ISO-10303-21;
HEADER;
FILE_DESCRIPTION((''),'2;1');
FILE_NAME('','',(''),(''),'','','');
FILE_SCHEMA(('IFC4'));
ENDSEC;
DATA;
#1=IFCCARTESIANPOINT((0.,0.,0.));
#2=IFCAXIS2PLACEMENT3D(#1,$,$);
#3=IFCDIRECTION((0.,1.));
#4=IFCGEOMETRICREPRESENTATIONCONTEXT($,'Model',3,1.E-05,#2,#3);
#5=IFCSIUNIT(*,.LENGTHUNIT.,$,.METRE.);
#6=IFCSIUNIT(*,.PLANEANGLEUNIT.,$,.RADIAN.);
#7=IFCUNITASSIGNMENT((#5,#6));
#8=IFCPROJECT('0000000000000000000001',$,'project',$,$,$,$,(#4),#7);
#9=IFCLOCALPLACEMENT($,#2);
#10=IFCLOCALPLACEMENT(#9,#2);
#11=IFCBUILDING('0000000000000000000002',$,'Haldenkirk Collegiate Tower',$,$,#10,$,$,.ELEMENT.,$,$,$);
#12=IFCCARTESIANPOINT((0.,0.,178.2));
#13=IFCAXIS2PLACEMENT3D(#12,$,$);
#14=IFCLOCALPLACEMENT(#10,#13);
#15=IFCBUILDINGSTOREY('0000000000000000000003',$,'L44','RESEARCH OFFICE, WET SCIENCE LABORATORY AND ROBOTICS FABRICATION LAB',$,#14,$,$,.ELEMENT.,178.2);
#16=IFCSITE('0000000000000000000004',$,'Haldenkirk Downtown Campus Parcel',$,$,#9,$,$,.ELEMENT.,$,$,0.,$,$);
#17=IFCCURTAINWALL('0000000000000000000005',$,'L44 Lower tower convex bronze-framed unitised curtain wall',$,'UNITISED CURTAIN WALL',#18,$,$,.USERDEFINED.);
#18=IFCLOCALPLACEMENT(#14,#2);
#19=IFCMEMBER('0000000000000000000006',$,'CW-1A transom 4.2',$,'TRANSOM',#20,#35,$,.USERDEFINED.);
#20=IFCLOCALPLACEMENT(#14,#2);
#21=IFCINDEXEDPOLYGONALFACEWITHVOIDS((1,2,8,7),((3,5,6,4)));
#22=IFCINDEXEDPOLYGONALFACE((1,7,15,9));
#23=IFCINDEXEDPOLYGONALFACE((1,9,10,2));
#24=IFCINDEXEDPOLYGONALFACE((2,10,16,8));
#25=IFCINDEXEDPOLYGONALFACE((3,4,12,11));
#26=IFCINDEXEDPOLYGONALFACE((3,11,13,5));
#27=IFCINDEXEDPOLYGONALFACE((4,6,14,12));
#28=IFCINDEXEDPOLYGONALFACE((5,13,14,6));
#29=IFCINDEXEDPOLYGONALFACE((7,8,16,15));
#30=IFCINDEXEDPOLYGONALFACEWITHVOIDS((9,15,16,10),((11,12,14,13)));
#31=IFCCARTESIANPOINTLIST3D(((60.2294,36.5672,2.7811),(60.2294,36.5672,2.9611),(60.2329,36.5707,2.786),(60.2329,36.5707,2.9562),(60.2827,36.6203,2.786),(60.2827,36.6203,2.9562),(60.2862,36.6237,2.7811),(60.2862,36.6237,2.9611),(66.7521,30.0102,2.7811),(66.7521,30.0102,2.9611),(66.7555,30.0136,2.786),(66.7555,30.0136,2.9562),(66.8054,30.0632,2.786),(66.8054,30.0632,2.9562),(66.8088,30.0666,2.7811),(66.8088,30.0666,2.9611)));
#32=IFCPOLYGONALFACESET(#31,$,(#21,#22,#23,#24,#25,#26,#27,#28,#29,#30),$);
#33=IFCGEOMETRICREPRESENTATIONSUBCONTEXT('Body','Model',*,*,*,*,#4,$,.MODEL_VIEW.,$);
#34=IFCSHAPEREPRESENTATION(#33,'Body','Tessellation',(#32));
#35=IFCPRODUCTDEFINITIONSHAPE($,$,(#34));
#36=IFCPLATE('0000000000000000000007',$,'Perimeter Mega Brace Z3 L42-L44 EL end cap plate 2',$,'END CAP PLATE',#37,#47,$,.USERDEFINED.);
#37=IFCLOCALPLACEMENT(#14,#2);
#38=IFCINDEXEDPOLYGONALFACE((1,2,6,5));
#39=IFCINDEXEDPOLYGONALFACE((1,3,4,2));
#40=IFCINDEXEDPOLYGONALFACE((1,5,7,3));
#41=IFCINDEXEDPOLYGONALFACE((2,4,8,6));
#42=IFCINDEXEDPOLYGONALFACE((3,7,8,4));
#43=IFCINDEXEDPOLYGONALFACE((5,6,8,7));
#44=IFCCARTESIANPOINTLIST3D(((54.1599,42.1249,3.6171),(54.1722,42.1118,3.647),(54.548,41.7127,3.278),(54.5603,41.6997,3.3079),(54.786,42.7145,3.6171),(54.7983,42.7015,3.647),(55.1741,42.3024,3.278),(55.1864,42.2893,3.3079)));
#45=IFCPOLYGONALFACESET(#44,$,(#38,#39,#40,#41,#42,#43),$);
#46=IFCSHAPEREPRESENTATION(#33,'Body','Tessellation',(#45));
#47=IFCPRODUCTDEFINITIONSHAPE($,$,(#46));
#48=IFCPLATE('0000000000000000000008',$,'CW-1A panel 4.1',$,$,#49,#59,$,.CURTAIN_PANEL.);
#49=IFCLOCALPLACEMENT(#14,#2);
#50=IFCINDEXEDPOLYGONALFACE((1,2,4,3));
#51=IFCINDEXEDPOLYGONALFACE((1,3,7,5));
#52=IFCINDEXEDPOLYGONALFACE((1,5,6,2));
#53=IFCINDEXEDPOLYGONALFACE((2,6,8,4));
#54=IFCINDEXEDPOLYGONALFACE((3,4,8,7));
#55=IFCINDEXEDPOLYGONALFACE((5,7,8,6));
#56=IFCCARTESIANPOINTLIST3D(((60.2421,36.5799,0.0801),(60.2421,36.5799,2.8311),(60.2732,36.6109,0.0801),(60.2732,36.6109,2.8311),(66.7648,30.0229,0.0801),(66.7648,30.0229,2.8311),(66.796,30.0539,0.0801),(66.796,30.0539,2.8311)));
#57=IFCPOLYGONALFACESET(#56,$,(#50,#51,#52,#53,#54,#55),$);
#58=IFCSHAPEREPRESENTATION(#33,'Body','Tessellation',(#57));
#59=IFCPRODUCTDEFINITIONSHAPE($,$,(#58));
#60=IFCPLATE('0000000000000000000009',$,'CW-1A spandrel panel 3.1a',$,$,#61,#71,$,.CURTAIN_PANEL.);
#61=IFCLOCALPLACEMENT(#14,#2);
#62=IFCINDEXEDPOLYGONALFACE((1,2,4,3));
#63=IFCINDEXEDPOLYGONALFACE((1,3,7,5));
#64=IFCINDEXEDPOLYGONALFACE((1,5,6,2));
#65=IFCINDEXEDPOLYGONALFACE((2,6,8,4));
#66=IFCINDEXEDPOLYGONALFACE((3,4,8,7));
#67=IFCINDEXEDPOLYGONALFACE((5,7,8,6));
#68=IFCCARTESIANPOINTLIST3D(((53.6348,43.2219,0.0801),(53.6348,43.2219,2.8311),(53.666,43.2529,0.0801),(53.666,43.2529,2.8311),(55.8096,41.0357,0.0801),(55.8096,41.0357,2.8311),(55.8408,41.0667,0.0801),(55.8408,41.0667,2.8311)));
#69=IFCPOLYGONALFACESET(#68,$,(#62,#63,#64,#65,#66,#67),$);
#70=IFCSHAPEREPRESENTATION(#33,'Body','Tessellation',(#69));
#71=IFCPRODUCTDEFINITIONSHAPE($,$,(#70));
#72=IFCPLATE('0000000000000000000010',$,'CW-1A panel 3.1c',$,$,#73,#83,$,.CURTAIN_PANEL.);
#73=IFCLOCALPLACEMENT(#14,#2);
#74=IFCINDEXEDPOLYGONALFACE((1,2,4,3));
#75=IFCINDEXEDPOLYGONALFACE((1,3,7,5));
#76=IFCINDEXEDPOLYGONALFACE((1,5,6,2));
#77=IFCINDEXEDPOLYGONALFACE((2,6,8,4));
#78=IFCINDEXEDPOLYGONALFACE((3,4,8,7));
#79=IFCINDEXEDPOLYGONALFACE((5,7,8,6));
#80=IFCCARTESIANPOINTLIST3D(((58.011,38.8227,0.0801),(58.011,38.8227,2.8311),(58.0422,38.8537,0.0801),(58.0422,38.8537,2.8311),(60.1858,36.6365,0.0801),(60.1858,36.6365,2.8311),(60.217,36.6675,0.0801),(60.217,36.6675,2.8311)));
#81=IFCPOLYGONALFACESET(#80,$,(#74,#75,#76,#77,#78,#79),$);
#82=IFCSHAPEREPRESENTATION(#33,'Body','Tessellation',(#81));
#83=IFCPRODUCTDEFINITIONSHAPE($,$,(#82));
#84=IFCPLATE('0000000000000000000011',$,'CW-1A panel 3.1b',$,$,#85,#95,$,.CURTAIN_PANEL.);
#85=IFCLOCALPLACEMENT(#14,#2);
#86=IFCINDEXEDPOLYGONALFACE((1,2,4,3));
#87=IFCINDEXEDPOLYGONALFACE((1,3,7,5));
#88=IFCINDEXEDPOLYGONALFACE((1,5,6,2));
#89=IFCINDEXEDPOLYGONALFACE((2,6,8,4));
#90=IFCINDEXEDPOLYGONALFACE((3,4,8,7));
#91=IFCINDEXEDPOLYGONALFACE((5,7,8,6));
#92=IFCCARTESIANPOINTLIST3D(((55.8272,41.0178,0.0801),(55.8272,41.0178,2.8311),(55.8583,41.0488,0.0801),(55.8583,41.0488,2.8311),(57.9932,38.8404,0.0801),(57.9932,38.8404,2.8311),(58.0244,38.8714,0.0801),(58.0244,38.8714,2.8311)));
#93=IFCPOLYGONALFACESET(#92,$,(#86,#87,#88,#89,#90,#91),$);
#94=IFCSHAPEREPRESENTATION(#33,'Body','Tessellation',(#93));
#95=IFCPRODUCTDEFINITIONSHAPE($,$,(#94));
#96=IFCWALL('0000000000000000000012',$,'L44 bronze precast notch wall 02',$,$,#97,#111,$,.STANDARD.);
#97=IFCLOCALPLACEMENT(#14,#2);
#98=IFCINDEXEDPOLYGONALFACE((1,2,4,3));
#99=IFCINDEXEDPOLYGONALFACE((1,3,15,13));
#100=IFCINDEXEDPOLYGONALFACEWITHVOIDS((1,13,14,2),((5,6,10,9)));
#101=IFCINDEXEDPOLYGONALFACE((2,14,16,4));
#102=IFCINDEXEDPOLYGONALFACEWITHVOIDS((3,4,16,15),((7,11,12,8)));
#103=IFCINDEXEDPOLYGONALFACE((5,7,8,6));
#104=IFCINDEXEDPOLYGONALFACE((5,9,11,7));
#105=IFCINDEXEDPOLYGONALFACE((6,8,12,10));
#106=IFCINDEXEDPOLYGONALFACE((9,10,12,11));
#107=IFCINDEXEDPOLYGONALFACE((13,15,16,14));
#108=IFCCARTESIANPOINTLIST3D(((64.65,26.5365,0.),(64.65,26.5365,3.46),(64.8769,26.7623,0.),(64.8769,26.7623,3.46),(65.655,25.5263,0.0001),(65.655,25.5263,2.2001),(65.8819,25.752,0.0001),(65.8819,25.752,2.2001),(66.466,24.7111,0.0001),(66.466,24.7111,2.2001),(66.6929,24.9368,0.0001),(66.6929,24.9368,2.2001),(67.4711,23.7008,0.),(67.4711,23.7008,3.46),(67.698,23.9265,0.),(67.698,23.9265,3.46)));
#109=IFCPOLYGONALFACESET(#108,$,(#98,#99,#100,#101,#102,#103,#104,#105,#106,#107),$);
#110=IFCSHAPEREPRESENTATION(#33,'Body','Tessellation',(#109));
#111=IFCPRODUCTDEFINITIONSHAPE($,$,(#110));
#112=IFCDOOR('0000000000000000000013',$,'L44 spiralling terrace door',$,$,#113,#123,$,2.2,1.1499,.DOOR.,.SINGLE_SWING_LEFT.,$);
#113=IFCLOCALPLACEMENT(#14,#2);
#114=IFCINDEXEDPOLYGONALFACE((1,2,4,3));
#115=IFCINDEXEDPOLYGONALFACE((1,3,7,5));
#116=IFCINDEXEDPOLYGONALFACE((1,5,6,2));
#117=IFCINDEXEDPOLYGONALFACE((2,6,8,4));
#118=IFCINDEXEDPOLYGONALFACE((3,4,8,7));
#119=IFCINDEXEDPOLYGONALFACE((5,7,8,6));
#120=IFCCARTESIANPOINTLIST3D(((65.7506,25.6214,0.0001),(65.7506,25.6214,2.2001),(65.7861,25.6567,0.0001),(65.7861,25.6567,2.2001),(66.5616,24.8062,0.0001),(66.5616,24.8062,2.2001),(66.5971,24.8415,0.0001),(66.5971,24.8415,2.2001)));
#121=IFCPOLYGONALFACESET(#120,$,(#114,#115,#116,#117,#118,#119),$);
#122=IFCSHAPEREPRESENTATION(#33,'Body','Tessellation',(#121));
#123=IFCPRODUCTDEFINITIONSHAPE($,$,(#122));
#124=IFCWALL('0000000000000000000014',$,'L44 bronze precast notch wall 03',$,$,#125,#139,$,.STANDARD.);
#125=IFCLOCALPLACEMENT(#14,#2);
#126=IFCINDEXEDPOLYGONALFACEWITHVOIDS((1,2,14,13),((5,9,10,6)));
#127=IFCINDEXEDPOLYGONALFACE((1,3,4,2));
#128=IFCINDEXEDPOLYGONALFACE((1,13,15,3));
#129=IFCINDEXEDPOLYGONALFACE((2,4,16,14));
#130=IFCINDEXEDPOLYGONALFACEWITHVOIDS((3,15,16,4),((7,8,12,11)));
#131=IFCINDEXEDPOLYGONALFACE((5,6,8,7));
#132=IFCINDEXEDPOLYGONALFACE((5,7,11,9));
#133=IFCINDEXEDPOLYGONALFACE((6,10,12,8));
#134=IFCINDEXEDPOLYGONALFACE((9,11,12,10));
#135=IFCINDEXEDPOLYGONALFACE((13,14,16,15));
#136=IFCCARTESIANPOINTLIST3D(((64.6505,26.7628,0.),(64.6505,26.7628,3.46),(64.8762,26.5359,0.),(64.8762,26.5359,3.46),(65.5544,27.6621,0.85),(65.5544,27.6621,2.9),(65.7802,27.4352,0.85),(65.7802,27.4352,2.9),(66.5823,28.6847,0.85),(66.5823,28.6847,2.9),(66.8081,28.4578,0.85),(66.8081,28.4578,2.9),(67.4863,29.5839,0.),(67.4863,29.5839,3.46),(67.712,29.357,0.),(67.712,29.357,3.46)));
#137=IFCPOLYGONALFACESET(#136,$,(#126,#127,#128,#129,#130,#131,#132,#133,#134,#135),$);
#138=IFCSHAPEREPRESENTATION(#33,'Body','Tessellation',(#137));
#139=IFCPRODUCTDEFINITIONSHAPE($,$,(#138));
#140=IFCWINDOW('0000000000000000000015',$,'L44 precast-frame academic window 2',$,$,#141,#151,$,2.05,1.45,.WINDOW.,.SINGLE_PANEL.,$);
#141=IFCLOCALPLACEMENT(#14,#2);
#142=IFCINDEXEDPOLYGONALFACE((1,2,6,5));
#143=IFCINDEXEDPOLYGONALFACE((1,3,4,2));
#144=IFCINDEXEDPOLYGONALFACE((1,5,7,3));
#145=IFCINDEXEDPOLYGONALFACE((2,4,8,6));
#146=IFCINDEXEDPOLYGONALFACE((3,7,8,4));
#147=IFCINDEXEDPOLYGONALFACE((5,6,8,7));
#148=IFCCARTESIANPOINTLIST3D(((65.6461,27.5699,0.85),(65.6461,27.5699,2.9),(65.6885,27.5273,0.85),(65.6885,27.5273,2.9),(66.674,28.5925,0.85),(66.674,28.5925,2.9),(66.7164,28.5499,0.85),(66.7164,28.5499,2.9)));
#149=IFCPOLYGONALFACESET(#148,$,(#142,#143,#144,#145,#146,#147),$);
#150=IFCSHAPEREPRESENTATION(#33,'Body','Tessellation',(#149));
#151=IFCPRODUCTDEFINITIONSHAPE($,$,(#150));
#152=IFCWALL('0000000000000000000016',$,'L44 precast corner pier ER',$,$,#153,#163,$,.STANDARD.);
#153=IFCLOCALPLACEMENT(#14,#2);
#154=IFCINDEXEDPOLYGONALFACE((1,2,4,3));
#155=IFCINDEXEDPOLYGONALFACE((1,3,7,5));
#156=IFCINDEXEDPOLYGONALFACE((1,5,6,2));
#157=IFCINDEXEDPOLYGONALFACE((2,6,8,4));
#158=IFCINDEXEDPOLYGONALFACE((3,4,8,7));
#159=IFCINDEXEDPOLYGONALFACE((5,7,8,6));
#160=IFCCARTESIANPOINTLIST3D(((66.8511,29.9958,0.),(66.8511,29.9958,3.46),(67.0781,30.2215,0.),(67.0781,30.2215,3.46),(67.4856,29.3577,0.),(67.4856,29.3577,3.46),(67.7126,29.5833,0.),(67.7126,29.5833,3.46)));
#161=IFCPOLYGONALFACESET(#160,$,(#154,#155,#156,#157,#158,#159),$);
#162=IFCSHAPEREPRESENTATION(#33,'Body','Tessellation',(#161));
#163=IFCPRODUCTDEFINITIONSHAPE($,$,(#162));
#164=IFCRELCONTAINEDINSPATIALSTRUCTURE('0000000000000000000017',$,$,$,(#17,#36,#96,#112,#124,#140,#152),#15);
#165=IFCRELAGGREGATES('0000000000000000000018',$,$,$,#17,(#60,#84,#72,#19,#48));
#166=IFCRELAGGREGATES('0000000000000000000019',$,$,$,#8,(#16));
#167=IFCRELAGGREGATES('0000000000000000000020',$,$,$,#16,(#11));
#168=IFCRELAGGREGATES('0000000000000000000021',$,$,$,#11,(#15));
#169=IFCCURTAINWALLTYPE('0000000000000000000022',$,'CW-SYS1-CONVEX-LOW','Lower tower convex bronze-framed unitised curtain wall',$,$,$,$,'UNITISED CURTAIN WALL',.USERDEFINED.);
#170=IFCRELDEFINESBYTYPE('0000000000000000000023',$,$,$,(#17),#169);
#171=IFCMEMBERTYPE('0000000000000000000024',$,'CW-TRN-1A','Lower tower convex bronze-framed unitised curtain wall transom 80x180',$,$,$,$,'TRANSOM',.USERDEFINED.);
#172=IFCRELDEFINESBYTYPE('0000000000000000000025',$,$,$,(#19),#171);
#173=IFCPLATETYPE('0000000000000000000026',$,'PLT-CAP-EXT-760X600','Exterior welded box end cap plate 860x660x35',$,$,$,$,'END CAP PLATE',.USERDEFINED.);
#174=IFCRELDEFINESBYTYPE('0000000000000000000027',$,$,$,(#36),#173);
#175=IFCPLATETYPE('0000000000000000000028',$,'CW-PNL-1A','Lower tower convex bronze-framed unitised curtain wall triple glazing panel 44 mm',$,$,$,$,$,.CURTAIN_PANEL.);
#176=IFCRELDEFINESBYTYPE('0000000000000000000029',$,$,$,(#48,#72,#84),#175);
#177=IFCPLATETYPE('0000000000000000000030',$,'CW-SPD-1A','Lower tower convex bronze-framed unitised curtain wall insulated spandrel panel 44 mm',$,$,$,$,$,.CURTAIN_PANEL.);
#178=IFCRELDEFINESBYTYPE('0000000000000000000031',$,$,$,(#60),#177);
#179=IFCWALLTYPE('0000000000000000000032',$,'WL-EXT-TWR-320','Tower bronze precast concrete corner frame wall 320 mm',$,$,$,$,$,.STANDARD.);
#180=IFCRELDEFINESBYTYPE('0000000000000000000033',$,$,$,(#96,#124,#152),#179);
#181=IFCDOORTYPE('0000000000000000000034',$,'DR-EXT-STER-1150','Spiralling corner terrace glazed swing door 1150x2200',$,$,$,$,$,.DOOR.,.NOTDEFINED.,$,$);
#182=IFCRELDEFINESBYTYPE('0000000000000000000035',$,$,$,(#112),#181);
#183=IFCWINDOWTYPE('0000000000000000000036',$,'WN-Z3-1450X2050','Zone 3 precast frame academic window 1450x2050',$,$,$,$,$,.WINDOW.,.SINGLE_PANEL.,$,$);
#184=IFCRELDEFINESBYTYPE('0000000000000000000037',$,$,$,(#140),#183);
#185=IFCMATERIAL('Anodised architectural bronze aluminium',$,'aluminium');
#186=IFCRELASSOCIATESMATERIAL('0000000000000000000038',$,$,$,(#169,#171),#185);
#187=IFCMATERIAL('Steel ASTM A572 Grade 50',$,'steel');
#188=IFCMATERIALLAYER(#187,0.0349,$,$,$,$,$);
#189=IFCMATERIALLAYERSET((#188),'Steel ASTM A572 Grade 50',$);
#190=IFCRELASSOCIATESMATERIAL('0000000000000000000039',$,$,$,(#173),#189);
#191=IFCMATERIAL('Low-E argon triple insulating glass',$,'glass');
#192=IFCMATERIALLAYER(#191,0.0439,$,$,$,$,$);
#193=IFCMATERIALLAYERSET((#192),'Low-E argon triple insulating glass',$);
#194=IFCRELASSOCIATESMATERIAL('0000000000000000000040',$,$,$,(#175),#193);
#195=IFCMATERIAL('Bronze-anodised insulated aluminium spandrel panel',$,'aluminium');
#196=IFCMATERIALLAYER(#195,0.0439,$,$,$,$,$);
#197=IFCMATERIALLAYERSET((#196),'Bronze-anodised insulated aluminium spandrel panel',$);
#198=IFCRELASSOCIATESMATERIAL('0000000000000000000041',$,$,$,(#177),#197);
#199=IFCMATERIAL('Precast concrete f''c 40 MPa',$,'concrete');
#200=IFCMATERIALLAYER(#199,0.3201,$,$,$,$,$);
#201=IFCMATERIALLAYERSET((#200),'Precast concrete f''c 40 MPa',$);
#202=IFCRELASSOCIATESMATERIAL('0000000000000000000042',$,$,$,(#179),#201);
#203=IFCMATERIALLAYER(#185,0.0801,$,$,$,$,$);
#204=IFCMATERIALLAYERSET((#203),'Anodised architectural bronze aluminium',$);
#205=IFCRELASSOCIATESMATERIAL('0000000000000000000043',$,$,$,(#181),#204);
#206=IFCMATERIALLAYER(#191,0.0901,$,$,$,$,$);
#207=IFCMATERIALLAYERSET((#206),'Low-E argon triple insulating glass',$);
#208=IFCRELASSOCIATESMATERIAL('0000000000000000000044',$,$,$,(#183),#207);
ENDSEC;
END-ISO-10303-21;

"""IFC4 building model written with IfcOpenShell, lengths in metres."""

from ifc_helpers import new_model, si_unit, direction, frame, frame_2d, origin, origin_2d, place, context, subcontext, project, spatial, rectangle, hollow_rectangle, extrude, source, transform, mapped, material, layer, layer_set, material_profile, profile_set, type_object, element, fill, aggregate, save


model = new_model("IFC4")

# Units and contexts
model_context = context("Model", 3, precision=1e-05, world=origin(), true_north=direction((0.0, 1.0)))
body_context = subcontext(model_context, "Body", "Model", "MODEL_VIEW")
ifc_project = project(units=[si_unit("LENGTHUNIT", "METRE"), si_unit("PLANEANGLEUNIT", "RADIAN")], contexts=[model_context])

# Site, building, storey
site_placement = place(None, origin())
site = spatial("IfcSite", under=ifc_project, at=site_placement, Name="Haldenkirk Downtown Campus Parcel", CompositionType="ELEMENT", RefElevation=0.0)
building_placement = place(site_placement, origin())
building = spatial("IfcBuilding", under=site, at=building_placement, Name="Haldenkirk Collegiate Tower", CompositionType="ELEMENT")
storey_placement = place(building_placement, frame((0.0, 0.0, 178.2)))
storey = spatial("IfcBuildingStorey", under=building, at=storey_placement, Name="L44", Description="RESEARCH OFFICE, WET SCIENCE LABORATORY AND ROBOTICS FABRICATION LAB", CompositionType="ELEMENT", Elevation=178.2)

# Curtain wall, member
ifc_material_1 = material(Name="Anodised architectural bronze aluminium", Category="aluminium")
curtain_wall_type = type_object("IfcCurtainWallType", Name="CW-SYS1-CONVEX-LOW", Description="Lower tower convex bronze-framed unitised curtain wall", ElementType="UNITISED CURTAIN WALL", PredefinedType="USERDEFINED", material=ifc_material_1)
curtain_wall_placement = place(storey_placement, origin())
curtain_wall = element("IfcCurtainWall", 1, at=curtain_wall_placement, inside=storey, type_object=curtain_wall_type, Name="L44 Lower tower convex bronze-framed unitised curtain wall", ObjectType="UNITISED CURTAIN WALL", PredefinedType="USERDEFINED")
ifc_material_profile_1 = material_profile(ifc_material_1, hollow_rectangle(XDim=0.0801, YDim=0.1799, WallThickness=0.0049, at=origin_2d()), Name="CW-TRN-1A")
ifc_profile_set_1 = profile_set([ifc_material_profile_1], Name="Anodised architectural bronze aluminium")
member_type_1 = type_object("IfcMemberType", Name="CW-TRN-1A", Description="Lower tower convex bronze-framed unitised curtain wall transom 80x180", ElementType="TRANSOM", PredefinedType="USERDEFINED", material=ifc_profile_set_1)
member_1_placement = place(storey_placement, frame((60.2578, 36.5955, 2.8711), z_axis=(0.705243, -0.708965, 0.0), x_axis=(0.708965, 0.705243, 0.0)))
member_1 = element("IfcMember", 2, at=member_1_placement, type_object=member_type_1, Name="CW-1A transom 4.2", ObjectType="TRANSOM", PredefinedType="USERDEFINED", context=body_context, shape_type="SweptSolid", body=[
    extrude(hollow_rectangle(XDim=0.0801, YDim=0.1799, WallThickness=0.0049, at=origin_2d()), origin(), (0.0, 0.0, 1.0), 9.2488),
])

# Plates
ifc_material_2 = material(Name="Steel ASTM A572 Grade 50", Category="steel")
ifc_layer_1 = layer(ifc_material_2, 0.0349)
ifc_layer_set_1 = layer_set([ifc_layer_1], Name="Steel ASTM A572 Grade 50")
plate_type_1 = type_object("IfcPlateType", Name="PLT-CAP-EXT-760X600", Description="Exterior welded box end cap plate 860x660x35", ElementType="END CAP PLATE", PredefinedType="USERDEFINED", material=ifc_layer_set_1)
shared_shape_1 = source(origin(), body_context, "Body", "SweptSolid", [
    extrude(rectangle(XDim=0.8601, YDim=0.6599, at=origin_2d()), origin(), (0.0, 0.0, 1.0), 0.0349),
])
plate_1_placement = place(storey_placement, frame((54.667, 42.2136, 3.4475), z_axis=(0.352289, -0.374113, 0.857865), x_axis=(0.728023, 0.685553, 0.0)))
element("IfcPlate", 3, at=plate_1_placement, inside=storey, type_object=plate_type_1, Name="Perimeter Mega Brace Z3 L42-L44 EL end cap plate 2", ObjectType="END CAP PLATE", PredefinedType="USERDEFINED", context=body_context, shape_type="MappedRepresentation", body=[
    mapped(shared_shape_1, transform((0.0, 0.0, 0.0), x_axis=(1.0, 0.0, 0.0), y_axis=(0.0, 1.0, 0.0), z_axis=(0.0, 0.0, 1.0), scale=1.0)),
])
ifc_material_3 = material(Name="Low-E argon triple insulating glass", Category="glass")
ifc_layer_2 = layer(ifc_material_3, 0.0439)
ifc_layer_set_2 = layer_set([ifc_layer_2], Name="Low-E argon triple insulating glass")
plate_type_2 = type_object("IfcPlateType", Name="CW-PNL-1A", Description="Lower tower convex bronze-framed unitised curtain wall triple glazing panel 44 mm", PredefinedType="CURTAIN_PANEL", material=ifc_layer_set_2)
shared_shape_2 = source(origin(), body_context, "Body", "SweptSolid", [
    extrude(rectangle(XDim=9.2488, YDim=0.0439, at=origin_2d()), origin(), (0.0, 0.0, 1.0), 2.751),
])
plate_2_placement = place(storey_placement, frame((63.519, 33.3169, 0.0801), z_axis=(0.0, 0.0, 1.0), x_axis=(0.705255, -0.708954, 0.0)))
plate_2 = element("IfcPlate", 4, at=plate_2_placement, type_object=plate_type_2, Name="CW-1A panel 4.1", PredefinedType="CURTAIN_PANEL", context=body_context, shape_type="MappedRepresentation", body=[
    mapped(shared_shape_2, transform((0.0, 0.0, 0.0), x_axis=(1.0, 0.0, 0.0), y_axis=(0.0, 1.0, 0.0), z_axis=(0.0, 0.0, 1.0), scale=1.0)),
])
ifc_material_4 = material(Name="Bronze-anodised insulated aluminium spandrel panel", Category="aluminium")
ifc_layer_3 = layer(ifc_material_4, 0.0439)
ifc_layer_set_3 = layer_set([ifc_layer_3], Name="Bronze-anodised insulated aluminium spandrel panel")
plate_type_3 = type_object("IfcPlateType", Name="CW-SPD-1A", Description="Lower tower convex bronze-framed unitised curtain wall insulated spandrel panel 44 mm", PredefinedType="CURTAIN_PANEL", material=ifc_layer_set_3)
shared_shape_3 = source(origin(), body_context, "Body", "SweptSolid", [
    extrude(rectangle(XDim=3.0837, YDim=0.0439, at=origin_2d()), origin(), (0.0, 0.0, 1.0), 2.751),
])
plate_3_placement = place(storey_placement, frame((54.7378, 42.1443, 0.0801), z_axis=(0.0, 0.0, 1.0), x_axis=(0.705255, -0.708954, 0.0)))
plate_3 = element("IfcPlate", 5, at=plate_3_placement, type_object=plate_type_3, Name="CW-1A spandrel panel 3.1a", PredefinedType="CURTAIN_PANEL", context=body_context, shape_type="MappedRepresentation", body=[
    mapped(shared_shape_3, transform((0.0, 0.0, 0.0), x_axis=(1.0, 0.0, 0.0), y_axis=(0.0, 1.0, 0.0), z_axis=(0.0, 0.0, 1.0), scale=1.0)),
])
plate_4_placement = place(storey_placement, frame((59.114, 37.7451, 0.0801), z_axis=(0.0, 0.0, 1.0), x_axis=(0.705255, -0.708954, 0.0)))
plate_4 = element("IfcPlate", 6, at=plate_4_placement, type_object=plate_type_2, Name="CW-1A panel 3.1c", PredefinedType="CURTAIN_PANEL", context=body_context, shape_type="MappedRepresentation", body=[
    mapped(shared_shape_3, transform((0.0, 0.0, 0.0), x_axis=(1.0, 0.0, 0.0), y_axis=(0.0, 1.0, 0.0), z_axis=(0.0, 0.0, 1.0), scale=1.0)),
])
shared_shape_4 = source(origin(), body_context, "Body", "SweptSolid", [
    extrude(rectangle(XDim=3.0713, YDim=0.0439, at=origin_2d()), origin(), (0.0, 0.0, 1.0), 2.751),
])
plate_5_placement = place(storey_placement, frame((56.9258, 39.9446, 0.0801), z_axis=(0.0, 0.0, 1.0), x_axis=(0.705255, -0.708954, 0.0)))
plate_5 = element("IfcPlate", 7, at=plate_5_placement, type_object=plate_type_2, Name="CW-1A panel 3.1b", PredefinedType="CURTAIN_PANEL", context=body_context, shape_type="MappedRepresentation", body=[
    mapped(shared_shape_4, transform((0.0, 0.0, 0.0), x_axis=(1.0, 0.0, 0.0), y_axis=(0.0, 1.0, 0.0), z_axis=(0.0, 0.0, 1.0), scale=1.0)),
])
aggregate(curtain_wall, [plate_3, plate_5, plate_4, member_1, plate_2])

# Wall, opening, door
ifc_material_5 = material(Name="Precast concrete f'c 40 MPa", Category="concrete")
ifc_layer_4 = layer(ifc_material_5, 0.3201)
ifc_layer_set_4 = layer_set([ifc_layer_4], Name="Precast concrete f'c 40 MPa")
wall_type = type_object("IfcWallType", Name="WL-EXT-TWR-320", Description="Tower bronze precast concrete corner frame wall 320 mm", PredefinedType="STANDARD", material=ifc_layer_set_4)
wall_1_placement = place(storey_placement, frame((64.7634, 26.6494, 0.0), z_axis=(0.0, 0.0, 1.0), x_axis=(0.705273, -0.708935, 0.0)))
wall_1 = element("IfcWall", 8, at=wall_1_placement, inside=storey, type_object=wall_type, Name="L44 bronze precast notch wall 02", PredefinedType="STANDARD", context=body_context, shape_type="SweptSolid", body=[
    extrude(rectangle(XDim=4.0, YDim=0.3201, at=frame_2d((2.0, 0.0))), origin(), (0.0, 0.0, 1.0), 3.46),
])
opening_1_placement = place(wall_1_placement, frame((1.425, 0.0, 0.0)))
opening_1 = element("IfcOpeningElement", 9, at=opening_1_placement, cuts=wall_1, PredefinedType="OPENING", context=body_context, shape_type="SweptSolid", body=[
    extrude(rectangle(XDim=1.1499, YDim=2.2, at=frame_2d((0.575, 1.1001))), frame((0.0, 0.1699, 0.0), z_axis=(0.0, -1.0, 0.0), x_axis=(1.0, 0.0, 0.0)), (0.0, 0.0, 1.0), 0.3401),
])
ifc_layer_5 = layer(ifc_material_1, 0.0801)
ifc_layer_set_5 = layer_set([ifc_layer_5], Name="Anodised architectural bronze aluminium")
door_type = type_object("IfcDoorType", Name="DR-EXT-STER-1150", Description="Spiralling corner terrace glazed swing door 1150x2200", OperationType="NOTDEFINED", PredefinedType="DOOR", material=ifc_layer_set_5)
door_placement = place(opening_1_placement, origin())
door = element("IfcDoor", 10, at=door_placement, inside=storey, type_object=door_type, Name="L44 spiralling terrace door", OperationType="SINGLE_SWING_LEFT", OverallHeight=2.2, OverallWidth=1.1499, PredefinedType="DOOR", context=body_context, shape_type="SweptSolid", body=[
    extrude(rectangle(XDim=1.1499, YDim=2.2, at=frame_2d((0.575, 1.1001))), frame((0.0, 0.0249, 0.0), z_axis=(0.0, -1.0, 0.0), x_axis=(1.0, 0.0, 0.0)), (0.0, 0.0, 1.0), 0.05),
])
fill(opening_1, door)

# Wall, opening, window
wall_2_placement = place(storey_placement, frame((67.5991, 29.4705, 0.0), z_axis=(0.0, 0.0, 1.0), x_axis=(-0.708935, -0.705273, 0.0)))
wall_2 = element("IfcWall", 11, at=wall_2_placement, inside=storey, type_object=wall_type, Name="L44 bronze precast notch wall 03", PredefinedType="STANDARD", context=body_context, shape_type="SweptSolid", body=[
    extrude(rectangle(XDim=4.0, YDim=0.3201, at=frame_2d((2.0, 0.0))), origin(), (0.0, 0.0, 1.0), 3.46),
])
opening_2_placement = place(wall_2_placement, frame((1.2749, 0.0, 0.8501)))
opening_2 = element("IfcOpeningElement", 12, at=opening_2_placement, cuts=wall_2, PredefinedType="OPENING", context=body_context, shape_type="SweptSolid", body=[
    extrude(rectangle(XDim=1.45, YDim=2.05, at=frame_2d((0.7251, 1.0249))), frame((0.0, 0.1699, 0.0), z_axis=(0.0, -1.0, 0.0), x_axis=(1.0, 0.0, 0.0)), (0.0, 0.0, 1.0), 0.3401),
])
ifc_layer_6 = layer(ifc_material_3, 0.0901)
ifc_layer_set_6 = layer_set([ifc_layer_6], Name="Low-E argon triple insulating glass")
window_type = type_object("IfcWindowType", Name="WN-Z3-1450X2050", Description="Zone 3 precast frame academic window 1450x2050", PartitioningType="SINGLE_PANEL", PredefinedType="WINDOW", material=ifc_layer_set_6)
window_placement = place(opening_2_placement, origin())
window = element("IfcWindow", 13, at=window_placement, inside=storey, type_object=window_type, Name="L44 precast-frame academic window 2", OverallHeight=2.05, OverallWidth=1.45, PartitioningType="SINGLE_PANEL", PredefinedType="WINDOW", context=body_context, shape_type="SweptSolid", body=[
    extrude(rectangle(XDim=1.45, YDim=2.05, at=frame_2d((0.7251, 1.0249))), frame((0.0, 0.03, 0.0), z_axis=(0.0, -1.0, 0.0), x_axis=(1.0, 0.0, 0.0)), (0.0, 0.0, 1.0), 0.0601),
])
fill(opening_2, window)

# Wall
wall_3_placement = place(storey_placement, frame((66.9646, 30.1086, 0.0), z_axis=(0.0, 0.0, 1.0), x_axis=(0.705069, -0.709138, 0.0)))
element("IfcWall", 14, at=wall_3_placement, inside=storey, type_object=wall_type, Name="L44 precast corner pier ER", PredefinedType="STANDARD", context=body_context, shape_type="SweptSolid", body=[
    extrude(rectangle(XDim=0.8999, YDim=0.3201, at=frame_2d((0.45, 0.0))), origin(), (0.0, 0.0, 1.0), 3.46),
])

save(model, "model.ifc")
